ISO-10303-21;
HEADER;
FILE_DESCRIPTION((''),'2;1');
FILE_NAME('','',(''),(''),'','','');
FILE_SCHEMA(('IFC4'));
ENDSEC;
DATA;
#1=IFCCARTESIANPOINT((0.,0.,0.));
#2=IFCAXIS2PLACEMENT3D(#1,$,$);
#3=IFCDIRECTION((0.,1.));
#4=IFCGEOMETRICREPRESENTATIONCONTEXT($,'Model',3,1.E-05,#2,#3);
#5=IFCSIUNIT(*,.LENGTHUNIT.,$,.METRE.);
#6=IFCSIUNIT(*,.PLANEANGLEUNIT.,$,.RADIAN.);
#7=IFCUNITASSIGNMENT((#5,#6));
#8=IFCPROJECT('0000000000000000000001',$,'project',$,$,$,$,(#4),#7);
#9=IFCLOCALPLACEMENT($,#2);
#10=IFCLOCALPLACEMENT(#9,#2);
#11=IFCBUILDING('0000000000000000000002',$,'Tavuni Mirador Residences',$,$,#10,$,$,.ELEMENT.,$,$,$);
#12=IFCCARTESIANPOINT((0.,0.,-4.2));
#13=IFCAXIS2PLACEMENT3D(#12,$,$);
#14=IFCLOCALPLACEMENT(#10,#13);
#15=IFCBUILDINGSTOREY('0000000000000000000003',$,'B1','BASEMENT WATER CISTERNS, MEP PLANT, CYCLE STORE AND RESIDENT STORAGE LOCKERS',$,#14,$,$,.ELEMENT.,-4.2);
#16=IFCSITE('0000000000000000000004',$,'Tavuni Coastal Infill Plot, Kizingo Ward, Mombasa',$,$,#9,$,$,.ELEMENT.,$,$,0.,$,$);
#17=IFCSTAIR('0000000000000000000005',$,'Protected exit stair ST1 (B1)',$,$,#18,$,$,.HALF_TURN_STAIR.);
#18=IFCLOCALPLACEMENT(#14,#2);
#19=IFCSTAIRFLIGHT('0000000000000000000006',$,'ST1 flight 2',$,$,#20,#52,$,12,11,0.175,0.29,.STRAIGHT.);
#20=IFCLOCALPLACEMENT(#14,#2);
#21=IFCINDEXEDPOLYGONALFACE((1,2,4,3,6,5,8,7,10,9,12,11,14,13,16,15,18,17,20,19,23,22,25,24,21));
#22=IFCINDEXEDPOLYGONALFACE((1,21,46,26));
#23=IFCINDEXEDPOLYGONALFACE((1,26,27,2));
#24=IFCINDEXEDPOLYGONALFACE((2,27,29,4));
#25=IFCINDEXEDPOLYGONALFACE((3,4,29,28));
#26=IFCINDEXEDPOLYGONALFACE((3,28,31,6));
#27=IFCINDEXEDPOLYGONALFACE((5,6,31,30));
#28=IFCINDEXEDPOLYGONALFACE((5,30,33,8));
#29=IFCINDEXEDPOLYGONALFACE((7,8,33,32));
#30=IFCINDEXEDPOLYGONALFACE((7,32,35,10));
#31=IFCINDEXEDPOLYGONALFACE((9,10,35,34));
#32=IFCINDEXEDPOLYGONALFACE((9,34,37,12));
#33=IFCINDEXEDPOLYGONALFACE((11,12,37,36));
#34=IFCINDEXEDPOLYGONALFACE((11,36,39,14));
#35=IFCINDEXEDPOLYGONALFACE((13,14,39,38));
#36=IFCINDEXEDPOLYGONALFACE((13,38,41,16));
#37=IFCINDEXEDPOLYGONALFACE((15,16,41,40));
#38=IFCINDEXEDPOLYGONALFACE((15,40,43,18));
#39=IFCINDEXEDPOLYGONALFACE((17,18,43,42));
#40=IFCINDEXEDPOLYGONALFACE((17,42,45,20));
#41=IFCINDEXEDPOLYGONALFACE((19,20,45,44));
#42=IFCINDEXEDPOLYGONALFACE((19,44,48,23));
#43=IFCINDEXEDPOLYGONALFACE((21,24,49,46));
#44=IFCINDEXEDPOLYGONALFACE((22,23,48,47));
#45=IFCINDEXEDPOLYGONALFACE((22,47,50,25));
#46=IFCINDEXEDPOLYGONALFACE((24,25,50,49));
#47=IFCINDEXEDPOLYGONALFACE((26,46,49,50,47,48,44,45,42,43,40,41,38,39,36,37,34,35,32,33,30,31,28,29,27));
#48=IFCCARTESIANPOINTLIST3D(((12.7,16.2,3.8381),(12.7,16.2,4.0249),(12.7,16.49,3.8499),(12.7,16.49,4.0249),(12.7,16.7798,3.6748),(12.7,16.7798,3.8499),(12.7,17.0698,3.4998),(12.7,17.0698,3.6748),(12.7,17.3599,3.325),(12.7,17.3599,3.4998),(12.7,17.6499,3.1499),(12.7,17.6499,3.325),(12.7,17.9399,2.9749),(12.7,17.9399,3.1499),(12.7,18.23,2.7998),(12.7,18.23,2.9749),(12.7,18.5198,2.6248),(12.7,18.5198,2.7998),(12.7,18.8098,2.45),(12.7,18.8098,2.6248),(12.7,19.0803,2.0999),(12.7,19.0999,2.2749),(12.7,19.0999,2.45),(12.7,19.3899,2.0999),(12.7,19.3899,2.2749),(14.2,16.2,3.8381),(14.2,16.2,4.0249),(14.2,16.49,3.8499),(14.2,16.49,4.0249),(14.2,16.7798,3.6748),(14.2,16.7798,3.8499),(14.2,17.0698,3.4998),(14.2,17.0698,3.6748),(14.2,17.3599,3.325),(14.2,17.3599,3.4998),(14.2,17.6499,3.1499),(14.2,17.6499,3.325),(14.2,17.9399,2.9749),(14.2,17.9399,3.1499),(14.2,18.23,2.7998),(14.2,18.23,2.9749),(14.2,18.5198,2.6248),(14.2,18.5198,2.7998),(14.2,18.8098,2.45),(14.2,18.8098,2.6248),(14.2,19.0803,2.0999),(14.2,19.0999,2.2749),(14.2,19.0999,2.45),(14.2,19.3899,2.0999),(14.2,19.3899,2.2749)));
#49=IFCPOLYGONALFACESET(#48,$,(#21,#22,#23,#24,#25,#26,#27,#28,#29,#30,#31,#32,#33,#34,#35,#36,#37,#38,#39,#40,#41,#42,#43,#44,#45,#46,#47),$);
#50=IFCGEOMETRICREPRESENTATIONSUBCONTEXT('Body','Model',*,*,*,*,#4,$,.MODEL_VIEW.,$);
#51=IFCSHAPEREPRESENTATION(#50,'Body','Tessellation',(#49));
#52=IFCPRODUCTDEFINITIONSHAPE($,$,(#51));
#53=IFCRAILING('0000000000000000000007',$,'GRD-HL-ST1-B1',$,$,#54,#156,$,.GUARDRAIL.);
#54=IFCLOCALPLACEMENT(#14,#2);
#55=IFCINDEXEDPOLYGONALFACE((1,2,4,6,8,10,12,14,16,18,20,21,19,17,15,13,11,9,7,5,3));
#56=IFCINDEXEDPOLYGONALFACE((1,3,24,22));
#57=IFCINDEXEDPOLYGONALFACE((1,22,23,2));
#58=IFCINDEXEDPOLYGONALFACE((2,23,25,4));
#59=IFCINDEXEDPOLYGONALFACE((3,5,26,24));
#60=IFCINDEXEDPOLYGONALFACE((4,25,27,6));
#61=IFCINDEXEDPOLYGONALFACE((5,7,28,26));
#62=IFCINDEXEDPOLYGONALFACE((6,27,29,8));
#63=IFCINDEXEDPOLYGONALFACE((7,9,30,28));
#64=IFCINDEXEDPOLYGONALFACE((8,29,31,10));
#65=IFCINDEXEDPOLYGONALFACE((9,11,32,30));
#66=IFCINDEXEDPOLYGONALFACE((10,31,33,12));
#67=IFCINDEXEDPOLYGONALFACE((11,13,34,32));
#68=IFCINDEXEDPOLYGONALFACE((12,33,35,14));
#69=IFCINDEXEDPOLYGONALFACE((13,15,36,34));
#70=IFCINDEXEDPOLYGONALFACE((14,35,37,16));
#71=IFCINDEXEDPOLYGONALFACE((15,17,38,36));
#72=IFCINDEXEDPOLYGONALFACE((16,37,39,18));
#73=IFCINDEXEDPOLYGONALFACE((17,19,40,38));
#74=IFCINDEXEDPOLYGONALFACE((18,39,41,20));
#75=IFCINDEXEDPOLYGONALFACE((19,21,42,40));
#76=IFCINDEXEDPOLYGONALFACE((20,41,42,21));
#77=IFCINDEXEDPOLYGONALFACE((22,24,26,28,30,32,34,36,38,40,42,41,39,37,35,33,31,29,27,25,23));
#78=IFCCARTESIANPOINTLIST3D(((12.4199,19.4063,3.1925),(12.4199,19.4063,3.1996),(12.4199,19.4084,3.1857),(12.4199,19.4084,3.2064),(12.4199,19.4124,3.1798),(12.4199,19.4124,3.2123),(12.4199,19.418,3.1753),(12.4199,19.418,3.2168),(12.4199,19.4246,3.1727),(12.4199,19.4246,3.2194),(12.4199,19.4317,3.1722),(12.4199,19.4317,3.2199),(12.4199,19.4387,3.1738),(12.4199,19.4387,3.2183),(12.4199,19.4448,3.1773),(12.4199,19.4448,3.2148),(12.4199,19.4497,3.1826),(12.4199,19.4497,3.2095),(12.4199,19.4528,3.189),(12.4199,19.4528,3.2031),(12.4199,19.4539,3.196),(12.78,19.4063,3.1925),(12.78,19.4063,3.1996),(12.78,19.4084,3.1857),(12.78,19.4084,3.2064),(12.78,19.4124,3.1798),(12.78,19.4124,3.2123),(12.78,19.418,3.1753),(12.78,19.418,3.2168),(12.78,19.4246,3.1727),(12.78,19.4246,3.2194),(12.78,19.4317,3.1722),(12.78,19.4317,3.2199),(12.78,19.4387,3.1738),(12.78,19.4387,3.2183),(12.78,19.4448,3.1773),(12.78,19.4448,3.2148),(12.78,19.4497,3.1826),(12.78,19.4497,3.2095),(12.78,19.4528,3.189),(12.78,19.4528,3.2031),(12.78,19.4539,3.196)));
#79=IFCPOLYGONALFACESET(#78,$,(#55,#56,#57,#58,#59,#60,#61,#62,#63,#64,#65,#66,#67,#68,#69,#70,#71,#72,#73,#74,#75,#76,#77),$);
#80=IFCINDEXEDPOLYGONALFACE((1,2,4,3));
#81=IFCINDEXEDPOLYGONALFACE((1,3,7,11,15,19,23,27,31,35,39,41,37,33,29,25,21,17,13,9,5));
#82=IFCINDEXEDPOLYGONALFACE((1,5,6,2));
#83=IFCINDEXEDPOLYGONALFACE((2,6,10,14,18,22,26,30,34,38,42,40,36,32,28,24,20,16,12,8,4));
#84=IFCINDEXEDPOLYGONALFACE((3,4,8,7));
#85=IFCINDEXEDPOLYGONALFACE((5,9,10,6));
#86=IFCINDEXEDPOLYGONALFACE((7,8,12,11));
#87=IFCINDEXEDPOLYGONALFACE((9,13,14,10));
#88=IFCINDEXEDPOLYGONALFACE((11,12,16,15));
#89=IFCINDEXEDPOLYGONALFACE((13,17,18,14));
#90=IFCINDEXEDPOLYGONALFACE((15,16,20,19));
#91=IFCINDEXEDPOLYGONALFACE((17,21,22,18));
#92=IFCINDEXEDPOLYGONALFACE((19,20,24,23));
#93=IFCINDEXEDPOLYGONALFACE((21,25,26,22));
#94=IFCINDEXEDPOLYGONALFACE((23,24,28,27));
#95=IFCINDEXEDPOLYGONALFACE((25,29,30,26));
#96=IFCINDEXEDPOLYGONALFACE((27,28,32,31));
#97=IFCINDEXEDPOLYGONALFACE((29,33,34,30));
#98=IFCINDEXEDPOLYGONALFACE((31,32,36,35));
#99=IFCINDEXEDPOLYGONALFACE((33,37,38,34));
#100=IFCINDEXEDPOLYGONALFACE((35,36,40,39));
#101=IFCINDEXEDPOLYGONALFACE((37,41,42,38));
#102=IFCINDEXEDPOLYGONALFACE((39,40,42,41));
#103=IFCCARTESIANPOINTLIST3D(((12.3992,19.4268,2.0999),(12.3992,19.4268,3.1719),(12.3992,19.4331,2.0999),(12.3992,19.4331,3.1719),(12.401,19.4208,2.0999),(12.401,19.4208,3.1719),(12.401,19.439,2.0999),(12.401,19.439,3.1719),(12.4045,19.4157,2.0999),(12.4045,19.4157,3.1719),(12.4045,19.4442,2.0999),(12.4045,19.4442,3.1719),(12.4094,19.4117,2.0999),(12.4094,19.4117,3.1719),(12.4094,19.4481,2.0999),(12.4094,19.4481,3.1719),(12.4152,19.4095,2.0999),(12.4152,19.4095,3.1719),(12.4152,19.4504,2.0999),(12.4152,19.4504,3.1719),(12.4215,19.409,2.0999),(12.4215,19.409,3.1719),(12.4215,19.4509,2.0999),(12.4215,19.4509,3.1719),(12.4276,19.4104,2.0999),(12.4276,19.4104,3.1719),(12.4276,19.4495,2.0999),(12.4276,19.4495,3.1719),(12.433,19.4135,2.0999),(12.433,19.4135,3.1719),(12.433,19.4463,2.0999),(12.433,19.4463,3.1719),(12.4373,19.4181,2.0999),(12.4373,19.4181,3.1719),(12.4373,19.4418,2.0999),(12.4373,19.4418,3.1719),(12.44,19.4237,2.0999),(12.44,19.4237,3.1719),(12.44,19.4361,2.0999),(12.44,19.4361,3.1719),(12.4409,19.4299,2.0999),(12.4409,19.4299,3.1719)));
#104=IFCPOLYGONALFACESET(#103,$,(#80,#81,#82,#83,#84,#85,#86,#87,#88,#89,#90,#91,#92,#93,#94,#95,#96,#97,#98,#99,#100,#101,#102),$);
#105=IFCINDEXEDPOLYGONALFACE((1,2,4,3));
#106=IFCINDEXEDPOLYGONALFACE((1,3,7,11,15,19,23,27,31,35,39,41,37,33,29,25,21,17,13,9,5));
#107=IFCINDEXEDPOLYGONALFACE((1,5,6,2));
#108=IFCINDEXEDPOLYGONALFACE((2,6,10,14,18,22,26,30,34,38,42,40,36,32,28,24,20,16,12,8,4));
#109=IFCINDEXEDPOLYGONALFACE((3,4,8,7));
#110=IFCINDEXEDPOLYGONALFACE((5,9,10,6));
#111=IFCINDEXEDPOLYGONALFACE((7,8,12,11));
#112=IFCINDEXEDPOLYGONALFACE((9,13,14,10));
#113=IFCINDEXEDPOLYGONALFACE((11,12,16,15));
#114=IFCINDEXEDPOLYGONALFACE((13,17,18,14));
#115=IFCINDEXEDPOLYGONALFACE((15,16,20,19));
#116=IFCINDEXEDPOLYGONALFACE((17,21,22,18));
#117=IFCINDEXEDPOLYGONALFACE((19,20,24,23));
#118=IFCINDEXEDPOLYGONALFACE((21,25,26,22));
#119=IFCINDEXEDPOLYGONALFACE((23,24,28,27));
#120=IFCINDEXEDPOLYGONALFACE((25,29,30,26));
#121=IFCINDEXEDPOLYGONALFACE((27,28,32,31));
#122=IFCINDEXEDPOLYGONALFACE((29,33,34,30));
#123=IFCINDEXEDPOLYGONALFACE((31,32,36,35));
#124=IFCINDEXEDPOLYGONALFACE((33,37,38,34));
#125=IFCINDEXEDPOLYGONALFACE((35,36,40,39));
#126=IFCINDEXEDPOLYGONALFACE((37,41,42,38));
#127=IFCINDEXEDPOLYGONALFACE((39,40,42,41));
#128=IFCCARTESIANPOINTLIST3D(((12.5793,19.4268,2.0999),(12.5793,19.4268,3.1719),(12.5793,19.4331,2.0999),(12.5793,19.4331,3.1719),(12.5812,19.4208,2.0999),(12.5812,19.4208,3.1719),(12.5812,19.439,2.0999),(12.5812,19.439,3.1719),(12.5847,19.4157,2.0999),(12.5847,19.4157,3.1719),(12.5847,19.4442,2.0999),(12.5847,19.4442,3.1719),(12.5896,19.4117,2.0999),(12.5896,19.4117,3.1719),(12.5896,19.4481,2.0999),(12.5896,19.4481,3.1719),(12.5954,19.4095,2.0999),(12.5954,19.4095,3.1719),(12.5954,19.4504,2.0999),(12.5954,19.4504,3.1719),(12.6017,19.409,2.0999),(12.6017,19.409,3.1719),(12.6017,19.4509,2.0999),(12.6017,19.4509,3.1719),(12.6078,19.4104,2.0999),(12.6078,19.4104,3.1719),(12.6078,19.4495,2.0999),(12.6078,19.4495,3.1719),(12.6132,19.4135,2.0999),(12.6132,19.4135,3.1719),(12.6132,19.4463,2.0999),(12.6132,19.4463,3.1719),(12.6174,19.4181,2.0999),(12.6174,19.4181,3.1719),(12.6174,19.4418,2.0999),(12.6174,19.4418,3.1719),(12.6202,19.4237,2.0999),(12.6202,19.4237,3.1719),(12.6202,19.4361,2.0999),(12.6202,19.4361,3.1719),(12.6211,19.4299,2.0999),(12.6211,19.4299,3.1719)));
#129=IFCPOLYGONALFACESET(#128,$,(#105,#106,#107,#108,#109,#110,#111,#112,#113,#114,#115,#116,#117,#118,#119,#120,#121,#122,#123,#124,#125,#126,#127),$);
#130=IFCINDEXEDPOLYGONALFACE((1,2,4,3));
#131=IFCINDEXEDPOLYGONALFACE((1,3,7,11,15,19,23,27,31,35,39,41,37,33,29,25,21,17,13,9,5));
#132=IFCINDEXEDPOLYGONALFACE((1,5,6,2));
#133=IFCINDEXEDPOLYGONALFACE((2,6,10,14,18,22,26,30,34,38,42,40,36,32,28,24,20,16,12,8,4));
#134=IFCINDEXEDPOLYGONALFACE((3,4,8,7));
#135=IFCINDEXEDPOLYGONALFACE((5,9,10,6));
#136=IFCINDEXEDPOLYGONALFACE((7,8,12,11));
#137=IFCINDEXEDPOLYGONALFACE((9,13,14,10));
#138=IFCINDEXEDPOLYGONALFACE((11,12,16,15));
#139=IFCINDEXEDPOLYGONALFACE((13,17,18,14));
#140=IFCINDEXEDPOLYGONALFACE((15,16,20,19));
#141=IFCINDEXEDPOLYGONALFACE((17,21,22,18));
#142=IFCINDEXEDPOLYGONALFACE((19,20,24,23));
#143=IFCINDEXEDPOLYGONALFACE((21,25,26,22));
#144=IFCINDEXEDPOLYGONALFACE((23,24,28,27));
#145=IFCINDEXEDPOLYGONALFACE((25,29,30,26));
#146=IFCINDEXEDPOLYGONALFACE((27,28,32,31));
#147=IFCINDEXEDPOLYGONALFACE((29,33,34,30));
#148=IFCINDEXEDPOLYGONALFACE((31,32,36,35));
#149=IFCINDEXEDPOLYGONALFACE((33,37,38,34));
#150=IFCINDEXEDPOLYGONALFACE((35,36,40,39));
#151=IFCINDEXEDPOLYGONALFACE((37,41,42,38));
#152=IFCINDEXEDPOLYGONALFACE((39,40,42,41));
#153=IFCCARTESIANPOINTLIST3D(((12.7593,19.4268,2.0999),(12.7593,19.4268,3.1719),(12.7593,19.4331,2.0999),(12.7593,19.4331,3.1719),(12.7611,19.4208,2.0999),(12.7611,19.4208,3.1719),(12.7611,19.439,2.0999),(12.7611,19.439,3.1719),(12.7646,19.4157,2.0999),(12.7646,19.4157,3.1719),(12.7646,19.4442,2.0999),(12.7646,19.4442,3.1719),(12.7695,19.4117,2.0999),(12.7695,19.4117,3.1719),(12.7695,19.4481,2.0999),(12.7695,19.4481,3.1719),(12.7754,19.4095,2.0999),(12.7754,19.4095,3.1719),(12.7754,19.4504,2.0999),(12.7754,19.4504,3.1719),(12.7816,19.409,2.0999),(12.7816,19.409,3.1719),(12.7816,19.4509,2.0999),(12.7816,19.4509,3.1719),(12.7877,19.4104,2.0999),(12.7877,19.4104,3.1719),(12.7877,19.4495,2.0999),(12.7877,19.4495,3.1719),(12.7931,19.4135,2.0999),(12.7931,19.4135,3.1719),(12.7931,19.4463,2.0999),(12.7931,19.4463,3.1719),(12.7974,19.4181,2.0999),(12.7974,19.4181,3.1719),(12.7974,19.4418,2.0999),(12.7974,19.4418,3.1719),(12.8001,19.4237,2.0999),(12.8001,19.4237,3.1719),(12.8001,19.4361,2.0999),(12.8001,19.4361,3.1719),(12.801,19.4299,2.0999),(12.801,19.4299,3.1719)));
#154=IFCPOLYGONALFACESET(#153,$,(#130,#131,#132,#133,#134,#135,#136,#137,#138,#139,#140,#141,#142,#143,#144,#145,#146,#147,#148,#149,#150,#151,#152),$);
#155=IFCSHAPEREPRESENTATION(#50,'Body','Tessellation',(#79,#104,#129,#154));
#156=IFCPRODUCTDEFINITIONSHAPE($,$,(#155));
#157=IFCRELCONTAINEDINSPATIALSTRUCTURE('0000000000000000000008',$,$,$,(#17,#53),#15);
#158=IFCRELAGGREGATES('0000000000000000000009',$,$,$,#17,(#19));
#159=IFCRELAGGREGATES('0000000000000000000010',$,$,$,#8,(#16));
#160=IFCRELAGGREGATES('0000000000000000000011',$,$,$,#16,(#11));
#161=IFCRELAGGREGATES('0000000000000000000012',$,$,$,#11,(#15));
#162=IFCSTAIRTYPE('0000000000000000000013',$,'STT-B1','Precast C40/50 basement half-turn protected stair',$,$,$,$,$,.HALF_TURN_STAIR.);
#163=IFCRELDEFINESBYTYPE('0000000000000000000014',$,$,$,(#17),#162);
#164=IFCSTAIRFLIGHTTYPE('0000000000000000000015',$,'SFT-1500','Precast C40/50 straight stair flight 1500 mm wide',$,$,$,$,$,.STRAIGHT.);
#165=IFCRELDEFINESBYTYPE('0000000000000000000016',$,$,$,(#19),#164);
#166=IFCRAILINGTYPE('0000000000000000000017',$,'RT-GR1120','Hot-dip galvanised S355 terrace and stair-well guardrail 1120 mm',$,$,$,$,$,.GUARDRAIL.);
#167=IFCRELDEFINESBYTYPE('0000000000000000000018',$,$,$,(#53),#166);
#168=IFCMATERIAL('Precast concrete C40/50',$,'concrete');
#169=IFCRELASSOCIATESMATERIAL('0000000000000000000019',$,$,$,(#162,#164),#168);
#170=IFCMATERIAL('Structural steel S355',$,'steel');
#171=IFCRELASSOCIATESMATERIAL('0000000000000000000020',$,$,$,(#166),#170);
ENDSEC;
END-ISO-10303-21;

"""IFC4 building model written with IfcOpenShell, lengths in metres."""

from ifc_helpers import new_model, si_unit, direction, frame, origin, origin_2d, place, context, subcontext, project, spatial, polyline, circle, outline, extrude, material, type_object, element, aggregate, save


model = new_model("IFC4")

# Units and contexts
model_context = context("Model", 3, precision=1e-05, world=origin(), true_north=direction((0.0, 1.0)))
body_context = subcontext(model_context, "Body", "Model", "MODEL_VIEW")
ifc_project = project(units=[si_unit("LENGTHUNIT", "METRE"), si_unit("PLANEANGLEUNIT", "RADIAN")], contexts=[model_context])

# Site, building, storey
site_placement = place(None, origin())
site = spatial("IfcSite", under=ifc_project, at=site_placement, Name="Tavuni Coastal Infill Plot, Kizingo Ward, Mombasa", CompositionType="ELEMENT", RefElevation=0.0)
building_placement = place(site_placement, origin())
building = spatial("IfcBuilding", under=site, at=building_placement, Name="Tavuni Mirador Residences", CompositionType="ELEMENT")
storey_placement = place(building_placement, frame((0.0, 0.0, -4.2)))
storey = spatial("IfcBuildingStorey", under=building, at=storey_placement, Name="B1", Description="BASEMENT WATER CISTERNS, MEP PLANT, CYCLE STORE AND RESIDENT STORAGE LOCKERS", CompositionType="ELEMENT", Elevation=-4.2)

# Shared definitions
ifc_material_1 = material(Name="Precast concrete C40/50", Category="concrete")

# Shared definitions
ifc_material_2 = material(Name="Structural steel S355", Category="steel")

# Stair, stair flight
stair_type = type_object("IfcStairType", Name="STT-B1", Description="Precast C40/50 basement half-turn protected stair", PredefinedType="HALF_TURN_STAIR", material=ifc_material_1)
stair_placement = place(storey_placement, origin())
stair = element("IfcStair", 1, at=stair_placement, inside=storey, type_object=stair_type, Name="Protected exit stair ST1 (B1)", PredefinedType="HALF_TURN_STAIR")
stair_flight_type = type_object("IfcStairFlightType", Name="SFT-1500", Description="Precast C40/50 straight stair flight 1500 mm wide", PredefinedType="STRAIGHT", material=ifc_material_1)
stair_flight_1_placement = place(storey_placement, frame((13.45, 19.3899, 2.0999), z_axis=(0.0, 0.0, 1.0), x_axis=(0.0, -1.0, 0.0)))
stair_flight_1 = element("IfcStairFlight", 2, at=stair_flight_1_placement, type_object=stair_flight_type, Name="ST1 flight 2", NumberOfRisers=12, NumberOfTreads=11, PredefinedType="STRAIGHT", RiserHeight=0.175, TreadLength=0.29, context=body_context, shape_type="SweptSolid", body=[
    extrude(outline(polyline([(0.0, 0.0), (0.0, 0.175), (0.29, 0.175), (0.29, 0.3501), (0.5801, 0.3501), (0.5801, 0.5249), (0.8701, 0.5249), (0.8701, 0.7), (1.1599, 0.7), (1.1599, 0.875), (1.45, 0.875), (1.45, 1.05), (1.74, 1.05), (1.74, 1.2251), (2.03, 1.2251), (2.03, 1.3999), (2.3201, 1.3999), (2.3201, 1.575), (2.6101, 1.575), (2.6101, 1.75), (2.8999, 1.75), (2.8999, 1.925), (3.1899, 1.925), (3.1899, 2.1001), (3.1899, 1.7383), (0.3096, 0.0), (0.0, 0.0)])), frame((0.0, 0.75, 0.0), z_axis=(0.0, -1.0, 0.0), x_axis=(1.0, 0.0, 0.0)), (0.0, 0.0, 1.0), 1.5),
])
aggregate(stair, [stair_flight_1])

# Railing
railing_type_1 = type_object("IfcRailingType", Name="RT-GR1120", Description="Hot-dip galvanised S355 terrace and stair-well guardrail 1120 mm", PredefinedType="GUARDRAIL", material=ifc_material_2)
railing_1_placement = place(storey_placement, frame((12.4199, 19.4299, 2.0999)))
element("IfcRailing", 3, at=railing_1_placement, inside=storey, type_object=railing_type_1, Name="GRD-HL-ST1-B1", PredefinedType="GUARDRAIL", context=body_context, shape_type="SweptSolid", body=[
    extrude(circle(Radius=0.0239, at=origin_2d()), frame((0.0, 0.0, 1.0962), z_axis=(1.0, 0.0, 0.0), x_axis=(0.0, 1.0, 0.0)), (0.0, 0.0, 1.0), 0.3601),
    extrude(circle(Radius=0.021, at=origin_2d()), origin(), (0.0, 0.0, 1.0), 1.072),
    extrude(circle(Radius=0.021, at=origin_2d()), frame((0.1802, 0.0, 0.0)), (0.0, 0.0, 1.0), 1.072),
    extrude(circle(Radius=0.021, at=origin_2d()), frame((0.3601, 0.0, 0.0)), (0.0, 0.0, 1.0), 1.072),
])

save(model, "model.ifc")
